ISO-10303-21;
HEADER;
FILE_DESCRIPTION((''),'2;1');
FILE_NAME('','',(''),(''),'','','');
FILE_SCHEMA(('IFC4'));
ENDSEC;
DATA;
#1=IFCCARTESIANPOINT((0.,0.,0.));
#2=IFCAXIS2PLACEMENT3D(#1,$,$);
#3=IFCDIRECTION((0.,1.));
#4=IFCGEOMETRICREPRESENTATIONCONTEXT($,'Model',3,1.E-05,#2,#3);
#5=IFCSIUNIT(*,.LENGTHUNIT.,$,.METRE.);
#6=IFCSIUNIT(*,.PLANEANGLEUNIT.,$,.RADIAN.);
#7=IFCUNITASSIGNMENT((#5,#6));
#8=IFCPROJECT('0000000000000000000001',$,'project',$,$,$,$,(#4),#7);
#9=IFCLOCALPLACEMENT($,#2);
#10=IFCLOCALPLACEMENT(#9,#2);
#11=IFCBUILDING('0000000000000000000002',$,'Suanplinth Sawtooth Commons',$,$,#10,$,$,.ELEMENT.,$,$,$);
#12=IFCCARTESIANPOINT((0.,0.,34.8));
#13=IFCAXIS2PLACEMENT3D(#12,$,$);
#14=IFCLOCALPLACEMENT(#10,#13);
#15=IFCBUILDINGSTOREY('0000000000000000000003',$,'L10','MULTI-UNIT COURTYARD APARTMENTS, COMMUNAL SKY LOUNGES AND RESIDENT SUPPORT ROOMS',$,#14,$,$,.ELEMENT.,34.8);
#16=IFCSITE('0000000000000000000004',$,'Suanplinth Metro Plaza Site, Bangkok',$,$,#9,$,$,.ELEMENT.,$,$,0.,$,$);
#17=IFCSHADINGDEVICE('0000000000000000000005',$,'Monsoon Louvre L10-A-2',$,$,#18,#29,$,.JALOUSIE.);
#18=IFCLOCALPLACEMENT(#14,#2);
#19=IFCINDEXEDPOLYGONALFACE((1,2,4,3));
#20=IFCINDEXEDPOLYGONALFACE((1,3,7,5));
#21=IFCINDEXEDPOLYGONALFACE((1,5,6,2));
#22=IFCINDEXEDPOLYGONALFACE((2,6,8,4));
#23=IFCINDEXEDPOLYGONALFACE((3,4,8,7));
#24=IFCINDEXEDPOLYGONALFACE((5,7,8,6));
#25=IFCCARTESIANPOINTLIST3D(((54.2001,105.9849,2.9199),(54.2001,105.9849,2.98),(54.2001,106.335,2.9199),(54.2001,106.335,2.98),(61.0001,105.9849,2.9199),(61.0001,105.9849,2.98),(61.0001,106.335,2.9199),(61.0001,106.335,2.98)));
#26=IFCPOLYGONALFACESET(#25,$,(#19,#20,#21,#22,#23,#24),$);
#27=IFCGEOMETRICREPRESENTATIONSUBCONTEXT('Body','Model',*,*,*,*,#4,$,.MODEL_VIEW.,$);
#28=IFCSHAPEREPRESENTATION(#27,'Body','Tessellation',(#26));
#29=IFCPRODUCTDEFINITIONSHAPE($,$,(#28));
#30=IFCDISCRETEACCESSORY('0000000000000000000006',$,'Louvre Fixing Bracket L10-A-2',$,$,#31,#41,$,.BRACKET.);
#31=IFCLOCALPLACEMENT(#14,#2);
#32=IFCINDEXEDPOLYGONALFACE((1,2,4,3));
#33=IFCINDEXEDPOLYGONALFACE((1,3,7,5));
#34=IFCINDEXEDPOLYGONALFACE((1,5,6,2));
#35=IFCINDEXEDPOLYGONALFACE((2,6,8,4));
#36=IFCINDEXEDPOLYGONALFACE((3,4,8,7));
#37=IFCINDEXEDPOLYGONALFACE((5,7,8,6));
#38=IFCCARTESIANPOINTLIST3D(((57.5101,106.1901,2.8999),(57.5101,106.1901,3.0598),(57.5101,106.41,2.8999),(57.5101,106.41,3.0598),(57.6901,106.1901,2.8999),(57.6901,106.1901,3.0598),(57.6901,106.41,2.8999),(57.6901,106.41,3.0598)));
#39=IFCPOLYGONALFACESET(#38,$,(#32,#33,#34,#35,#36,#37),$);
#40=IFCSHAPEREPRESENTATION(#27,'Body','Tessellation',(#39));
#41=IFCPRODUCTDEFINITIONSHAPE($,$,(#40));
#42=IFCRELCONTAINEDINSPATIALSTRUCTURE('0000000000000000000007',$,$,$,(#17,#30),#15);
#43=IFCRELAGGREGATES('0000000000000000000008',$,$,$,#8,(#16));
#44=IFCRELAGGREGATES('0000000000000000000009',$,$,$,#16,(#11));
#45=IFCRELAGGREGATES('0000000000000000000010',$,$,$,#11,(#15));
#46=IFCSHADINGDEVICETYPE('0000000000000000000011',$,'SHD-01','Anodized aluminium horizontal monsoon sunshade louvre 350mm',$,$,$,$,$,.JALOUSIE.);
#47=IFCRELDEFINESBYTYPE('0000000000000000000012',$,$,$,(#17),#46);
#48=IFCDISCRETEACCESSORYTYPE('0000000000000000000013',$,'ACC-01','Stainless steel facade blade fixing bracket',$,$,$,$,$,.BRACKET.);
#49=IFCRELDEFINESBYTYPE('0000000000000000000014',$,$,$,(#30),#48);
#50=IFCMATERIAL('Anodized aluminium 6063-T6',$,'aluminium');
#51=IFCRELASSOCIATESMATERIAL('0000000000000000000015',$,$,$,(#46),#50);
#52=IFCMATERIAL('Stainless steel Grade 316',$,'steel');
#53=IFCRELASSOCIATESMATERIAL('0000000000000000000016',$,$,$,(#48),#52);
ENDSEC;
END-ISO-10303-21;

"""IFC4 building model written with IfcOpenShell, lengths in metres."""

from ifc_helpers import new_model, si_unit, direction, frame, origin, origin_2d, place, context, subcontext, project, spatial, rectangle, extrude, material, type_object, element, save


model = new_model("IFC4")

# Units and contexts
model_context = context("Model", 3, precision=1e-05, world=origin(), true_north=direction((0.0, 1.0)))
body_context = subcontext(model_context, "Body", "Model", "MODEL_VIEW")
ifc_project = project(units=[si_unit("LENGTHUNIT", "METRE"), si_unit("PLANEANGLEUNIT", "RADIAN")], contexts=[model_context])

# Site, building, storey
site_placement = place(None, origin())
site = spatial("IfcSite", under=ifc_project, at=site_placement, Name="Suanplinth Metro Plaza Site, Bangkok", CompositionType="ELEMENT", RefElevation=0.0)
building_placement = place(site_placement, origin())
building = spatial("IfcBuilding", under=site, at=building_placement, Name="Suanplinth Sawtooth Commons", CompositionType="ELEMENT")
storey_placement = place(building_placement, frame((0.0, 0.0, 34.8)))
storey = spatial("IfcBuildingStorey", under=building, at=storey_placement, Name="L10", Description="MULTI-UNIT COURTYARD APARTMENTS, COMMUNAL SKY LOUNGES AND RESIDENT SUPPORT ROOMS", CompositionType="ELEMENT", Elevation=34.8)

# Shading device
ifc_material_1 = material(Name="Anodized aluminium 6063-T6", Category="aluminium")
shading_device_type = type_object("IfcShadingDeviceType", Name="SHD-01", Description="Anodized aluminium horizontal monsoon sunshade louvre 350mm", PredefinedType="JALOUSIE", material=ifc_material_1)
shading_device_placement = place(storey_placement, frame((57.6001, 106.1599, 2.9199), z_axis=(0.0, 0.0, 1.0), x_axis=(1.0, 0.0, 0.0)))
element("IfcShadingDevice", 1, at=shading_device_placement, inside=storey, type_object=shading_device_type, Name="Monsoon Louvre L10-A-2", PredefinedType="JALOUSIE", context=body_context, shape_type="SweptSolid", body=[
    extrude(rectangle(XDim=6.8, YDim=0.3501, at=origin_2d()), origin(), (0.0, 0.0, 1.0), 0.0601),
])

# Discrete accessory
ifc_material_2 = material(Name="Stainless steel Grade 316", Category="steel")
discrete_accessory_type = type_object("IfcDiscreteAccessoryType", Name="ACC-01", Description="Stainless steel facade blade fixing bracket", PredefinedType="BRACKET", material=ifc_material_2)
discrete_accessory_placement = place(storey_placement, frame((57.6001, 106.3, 2.8999), z_axis=(0.0, 0.0, 1.0), x_axis=(1.0, 0.0, 0.0)))
element("IfcDiscreteAccessory", 2, at=discrete_accessory_placement, inside=storey, type_object=discrete_accessory_type, Name="Louvre Fixing Bracket L10-A-2", PredefinedType="BRACKET", context=body_context, shape_type="SweptSolid", body=[
    extrude(rectangle(XDim=0.1799, YDim=0.22, at=origin_2d()), origin(), (0.0, 0.0, 1.0), 0.1599),
])

save(model, "model.ifc")
